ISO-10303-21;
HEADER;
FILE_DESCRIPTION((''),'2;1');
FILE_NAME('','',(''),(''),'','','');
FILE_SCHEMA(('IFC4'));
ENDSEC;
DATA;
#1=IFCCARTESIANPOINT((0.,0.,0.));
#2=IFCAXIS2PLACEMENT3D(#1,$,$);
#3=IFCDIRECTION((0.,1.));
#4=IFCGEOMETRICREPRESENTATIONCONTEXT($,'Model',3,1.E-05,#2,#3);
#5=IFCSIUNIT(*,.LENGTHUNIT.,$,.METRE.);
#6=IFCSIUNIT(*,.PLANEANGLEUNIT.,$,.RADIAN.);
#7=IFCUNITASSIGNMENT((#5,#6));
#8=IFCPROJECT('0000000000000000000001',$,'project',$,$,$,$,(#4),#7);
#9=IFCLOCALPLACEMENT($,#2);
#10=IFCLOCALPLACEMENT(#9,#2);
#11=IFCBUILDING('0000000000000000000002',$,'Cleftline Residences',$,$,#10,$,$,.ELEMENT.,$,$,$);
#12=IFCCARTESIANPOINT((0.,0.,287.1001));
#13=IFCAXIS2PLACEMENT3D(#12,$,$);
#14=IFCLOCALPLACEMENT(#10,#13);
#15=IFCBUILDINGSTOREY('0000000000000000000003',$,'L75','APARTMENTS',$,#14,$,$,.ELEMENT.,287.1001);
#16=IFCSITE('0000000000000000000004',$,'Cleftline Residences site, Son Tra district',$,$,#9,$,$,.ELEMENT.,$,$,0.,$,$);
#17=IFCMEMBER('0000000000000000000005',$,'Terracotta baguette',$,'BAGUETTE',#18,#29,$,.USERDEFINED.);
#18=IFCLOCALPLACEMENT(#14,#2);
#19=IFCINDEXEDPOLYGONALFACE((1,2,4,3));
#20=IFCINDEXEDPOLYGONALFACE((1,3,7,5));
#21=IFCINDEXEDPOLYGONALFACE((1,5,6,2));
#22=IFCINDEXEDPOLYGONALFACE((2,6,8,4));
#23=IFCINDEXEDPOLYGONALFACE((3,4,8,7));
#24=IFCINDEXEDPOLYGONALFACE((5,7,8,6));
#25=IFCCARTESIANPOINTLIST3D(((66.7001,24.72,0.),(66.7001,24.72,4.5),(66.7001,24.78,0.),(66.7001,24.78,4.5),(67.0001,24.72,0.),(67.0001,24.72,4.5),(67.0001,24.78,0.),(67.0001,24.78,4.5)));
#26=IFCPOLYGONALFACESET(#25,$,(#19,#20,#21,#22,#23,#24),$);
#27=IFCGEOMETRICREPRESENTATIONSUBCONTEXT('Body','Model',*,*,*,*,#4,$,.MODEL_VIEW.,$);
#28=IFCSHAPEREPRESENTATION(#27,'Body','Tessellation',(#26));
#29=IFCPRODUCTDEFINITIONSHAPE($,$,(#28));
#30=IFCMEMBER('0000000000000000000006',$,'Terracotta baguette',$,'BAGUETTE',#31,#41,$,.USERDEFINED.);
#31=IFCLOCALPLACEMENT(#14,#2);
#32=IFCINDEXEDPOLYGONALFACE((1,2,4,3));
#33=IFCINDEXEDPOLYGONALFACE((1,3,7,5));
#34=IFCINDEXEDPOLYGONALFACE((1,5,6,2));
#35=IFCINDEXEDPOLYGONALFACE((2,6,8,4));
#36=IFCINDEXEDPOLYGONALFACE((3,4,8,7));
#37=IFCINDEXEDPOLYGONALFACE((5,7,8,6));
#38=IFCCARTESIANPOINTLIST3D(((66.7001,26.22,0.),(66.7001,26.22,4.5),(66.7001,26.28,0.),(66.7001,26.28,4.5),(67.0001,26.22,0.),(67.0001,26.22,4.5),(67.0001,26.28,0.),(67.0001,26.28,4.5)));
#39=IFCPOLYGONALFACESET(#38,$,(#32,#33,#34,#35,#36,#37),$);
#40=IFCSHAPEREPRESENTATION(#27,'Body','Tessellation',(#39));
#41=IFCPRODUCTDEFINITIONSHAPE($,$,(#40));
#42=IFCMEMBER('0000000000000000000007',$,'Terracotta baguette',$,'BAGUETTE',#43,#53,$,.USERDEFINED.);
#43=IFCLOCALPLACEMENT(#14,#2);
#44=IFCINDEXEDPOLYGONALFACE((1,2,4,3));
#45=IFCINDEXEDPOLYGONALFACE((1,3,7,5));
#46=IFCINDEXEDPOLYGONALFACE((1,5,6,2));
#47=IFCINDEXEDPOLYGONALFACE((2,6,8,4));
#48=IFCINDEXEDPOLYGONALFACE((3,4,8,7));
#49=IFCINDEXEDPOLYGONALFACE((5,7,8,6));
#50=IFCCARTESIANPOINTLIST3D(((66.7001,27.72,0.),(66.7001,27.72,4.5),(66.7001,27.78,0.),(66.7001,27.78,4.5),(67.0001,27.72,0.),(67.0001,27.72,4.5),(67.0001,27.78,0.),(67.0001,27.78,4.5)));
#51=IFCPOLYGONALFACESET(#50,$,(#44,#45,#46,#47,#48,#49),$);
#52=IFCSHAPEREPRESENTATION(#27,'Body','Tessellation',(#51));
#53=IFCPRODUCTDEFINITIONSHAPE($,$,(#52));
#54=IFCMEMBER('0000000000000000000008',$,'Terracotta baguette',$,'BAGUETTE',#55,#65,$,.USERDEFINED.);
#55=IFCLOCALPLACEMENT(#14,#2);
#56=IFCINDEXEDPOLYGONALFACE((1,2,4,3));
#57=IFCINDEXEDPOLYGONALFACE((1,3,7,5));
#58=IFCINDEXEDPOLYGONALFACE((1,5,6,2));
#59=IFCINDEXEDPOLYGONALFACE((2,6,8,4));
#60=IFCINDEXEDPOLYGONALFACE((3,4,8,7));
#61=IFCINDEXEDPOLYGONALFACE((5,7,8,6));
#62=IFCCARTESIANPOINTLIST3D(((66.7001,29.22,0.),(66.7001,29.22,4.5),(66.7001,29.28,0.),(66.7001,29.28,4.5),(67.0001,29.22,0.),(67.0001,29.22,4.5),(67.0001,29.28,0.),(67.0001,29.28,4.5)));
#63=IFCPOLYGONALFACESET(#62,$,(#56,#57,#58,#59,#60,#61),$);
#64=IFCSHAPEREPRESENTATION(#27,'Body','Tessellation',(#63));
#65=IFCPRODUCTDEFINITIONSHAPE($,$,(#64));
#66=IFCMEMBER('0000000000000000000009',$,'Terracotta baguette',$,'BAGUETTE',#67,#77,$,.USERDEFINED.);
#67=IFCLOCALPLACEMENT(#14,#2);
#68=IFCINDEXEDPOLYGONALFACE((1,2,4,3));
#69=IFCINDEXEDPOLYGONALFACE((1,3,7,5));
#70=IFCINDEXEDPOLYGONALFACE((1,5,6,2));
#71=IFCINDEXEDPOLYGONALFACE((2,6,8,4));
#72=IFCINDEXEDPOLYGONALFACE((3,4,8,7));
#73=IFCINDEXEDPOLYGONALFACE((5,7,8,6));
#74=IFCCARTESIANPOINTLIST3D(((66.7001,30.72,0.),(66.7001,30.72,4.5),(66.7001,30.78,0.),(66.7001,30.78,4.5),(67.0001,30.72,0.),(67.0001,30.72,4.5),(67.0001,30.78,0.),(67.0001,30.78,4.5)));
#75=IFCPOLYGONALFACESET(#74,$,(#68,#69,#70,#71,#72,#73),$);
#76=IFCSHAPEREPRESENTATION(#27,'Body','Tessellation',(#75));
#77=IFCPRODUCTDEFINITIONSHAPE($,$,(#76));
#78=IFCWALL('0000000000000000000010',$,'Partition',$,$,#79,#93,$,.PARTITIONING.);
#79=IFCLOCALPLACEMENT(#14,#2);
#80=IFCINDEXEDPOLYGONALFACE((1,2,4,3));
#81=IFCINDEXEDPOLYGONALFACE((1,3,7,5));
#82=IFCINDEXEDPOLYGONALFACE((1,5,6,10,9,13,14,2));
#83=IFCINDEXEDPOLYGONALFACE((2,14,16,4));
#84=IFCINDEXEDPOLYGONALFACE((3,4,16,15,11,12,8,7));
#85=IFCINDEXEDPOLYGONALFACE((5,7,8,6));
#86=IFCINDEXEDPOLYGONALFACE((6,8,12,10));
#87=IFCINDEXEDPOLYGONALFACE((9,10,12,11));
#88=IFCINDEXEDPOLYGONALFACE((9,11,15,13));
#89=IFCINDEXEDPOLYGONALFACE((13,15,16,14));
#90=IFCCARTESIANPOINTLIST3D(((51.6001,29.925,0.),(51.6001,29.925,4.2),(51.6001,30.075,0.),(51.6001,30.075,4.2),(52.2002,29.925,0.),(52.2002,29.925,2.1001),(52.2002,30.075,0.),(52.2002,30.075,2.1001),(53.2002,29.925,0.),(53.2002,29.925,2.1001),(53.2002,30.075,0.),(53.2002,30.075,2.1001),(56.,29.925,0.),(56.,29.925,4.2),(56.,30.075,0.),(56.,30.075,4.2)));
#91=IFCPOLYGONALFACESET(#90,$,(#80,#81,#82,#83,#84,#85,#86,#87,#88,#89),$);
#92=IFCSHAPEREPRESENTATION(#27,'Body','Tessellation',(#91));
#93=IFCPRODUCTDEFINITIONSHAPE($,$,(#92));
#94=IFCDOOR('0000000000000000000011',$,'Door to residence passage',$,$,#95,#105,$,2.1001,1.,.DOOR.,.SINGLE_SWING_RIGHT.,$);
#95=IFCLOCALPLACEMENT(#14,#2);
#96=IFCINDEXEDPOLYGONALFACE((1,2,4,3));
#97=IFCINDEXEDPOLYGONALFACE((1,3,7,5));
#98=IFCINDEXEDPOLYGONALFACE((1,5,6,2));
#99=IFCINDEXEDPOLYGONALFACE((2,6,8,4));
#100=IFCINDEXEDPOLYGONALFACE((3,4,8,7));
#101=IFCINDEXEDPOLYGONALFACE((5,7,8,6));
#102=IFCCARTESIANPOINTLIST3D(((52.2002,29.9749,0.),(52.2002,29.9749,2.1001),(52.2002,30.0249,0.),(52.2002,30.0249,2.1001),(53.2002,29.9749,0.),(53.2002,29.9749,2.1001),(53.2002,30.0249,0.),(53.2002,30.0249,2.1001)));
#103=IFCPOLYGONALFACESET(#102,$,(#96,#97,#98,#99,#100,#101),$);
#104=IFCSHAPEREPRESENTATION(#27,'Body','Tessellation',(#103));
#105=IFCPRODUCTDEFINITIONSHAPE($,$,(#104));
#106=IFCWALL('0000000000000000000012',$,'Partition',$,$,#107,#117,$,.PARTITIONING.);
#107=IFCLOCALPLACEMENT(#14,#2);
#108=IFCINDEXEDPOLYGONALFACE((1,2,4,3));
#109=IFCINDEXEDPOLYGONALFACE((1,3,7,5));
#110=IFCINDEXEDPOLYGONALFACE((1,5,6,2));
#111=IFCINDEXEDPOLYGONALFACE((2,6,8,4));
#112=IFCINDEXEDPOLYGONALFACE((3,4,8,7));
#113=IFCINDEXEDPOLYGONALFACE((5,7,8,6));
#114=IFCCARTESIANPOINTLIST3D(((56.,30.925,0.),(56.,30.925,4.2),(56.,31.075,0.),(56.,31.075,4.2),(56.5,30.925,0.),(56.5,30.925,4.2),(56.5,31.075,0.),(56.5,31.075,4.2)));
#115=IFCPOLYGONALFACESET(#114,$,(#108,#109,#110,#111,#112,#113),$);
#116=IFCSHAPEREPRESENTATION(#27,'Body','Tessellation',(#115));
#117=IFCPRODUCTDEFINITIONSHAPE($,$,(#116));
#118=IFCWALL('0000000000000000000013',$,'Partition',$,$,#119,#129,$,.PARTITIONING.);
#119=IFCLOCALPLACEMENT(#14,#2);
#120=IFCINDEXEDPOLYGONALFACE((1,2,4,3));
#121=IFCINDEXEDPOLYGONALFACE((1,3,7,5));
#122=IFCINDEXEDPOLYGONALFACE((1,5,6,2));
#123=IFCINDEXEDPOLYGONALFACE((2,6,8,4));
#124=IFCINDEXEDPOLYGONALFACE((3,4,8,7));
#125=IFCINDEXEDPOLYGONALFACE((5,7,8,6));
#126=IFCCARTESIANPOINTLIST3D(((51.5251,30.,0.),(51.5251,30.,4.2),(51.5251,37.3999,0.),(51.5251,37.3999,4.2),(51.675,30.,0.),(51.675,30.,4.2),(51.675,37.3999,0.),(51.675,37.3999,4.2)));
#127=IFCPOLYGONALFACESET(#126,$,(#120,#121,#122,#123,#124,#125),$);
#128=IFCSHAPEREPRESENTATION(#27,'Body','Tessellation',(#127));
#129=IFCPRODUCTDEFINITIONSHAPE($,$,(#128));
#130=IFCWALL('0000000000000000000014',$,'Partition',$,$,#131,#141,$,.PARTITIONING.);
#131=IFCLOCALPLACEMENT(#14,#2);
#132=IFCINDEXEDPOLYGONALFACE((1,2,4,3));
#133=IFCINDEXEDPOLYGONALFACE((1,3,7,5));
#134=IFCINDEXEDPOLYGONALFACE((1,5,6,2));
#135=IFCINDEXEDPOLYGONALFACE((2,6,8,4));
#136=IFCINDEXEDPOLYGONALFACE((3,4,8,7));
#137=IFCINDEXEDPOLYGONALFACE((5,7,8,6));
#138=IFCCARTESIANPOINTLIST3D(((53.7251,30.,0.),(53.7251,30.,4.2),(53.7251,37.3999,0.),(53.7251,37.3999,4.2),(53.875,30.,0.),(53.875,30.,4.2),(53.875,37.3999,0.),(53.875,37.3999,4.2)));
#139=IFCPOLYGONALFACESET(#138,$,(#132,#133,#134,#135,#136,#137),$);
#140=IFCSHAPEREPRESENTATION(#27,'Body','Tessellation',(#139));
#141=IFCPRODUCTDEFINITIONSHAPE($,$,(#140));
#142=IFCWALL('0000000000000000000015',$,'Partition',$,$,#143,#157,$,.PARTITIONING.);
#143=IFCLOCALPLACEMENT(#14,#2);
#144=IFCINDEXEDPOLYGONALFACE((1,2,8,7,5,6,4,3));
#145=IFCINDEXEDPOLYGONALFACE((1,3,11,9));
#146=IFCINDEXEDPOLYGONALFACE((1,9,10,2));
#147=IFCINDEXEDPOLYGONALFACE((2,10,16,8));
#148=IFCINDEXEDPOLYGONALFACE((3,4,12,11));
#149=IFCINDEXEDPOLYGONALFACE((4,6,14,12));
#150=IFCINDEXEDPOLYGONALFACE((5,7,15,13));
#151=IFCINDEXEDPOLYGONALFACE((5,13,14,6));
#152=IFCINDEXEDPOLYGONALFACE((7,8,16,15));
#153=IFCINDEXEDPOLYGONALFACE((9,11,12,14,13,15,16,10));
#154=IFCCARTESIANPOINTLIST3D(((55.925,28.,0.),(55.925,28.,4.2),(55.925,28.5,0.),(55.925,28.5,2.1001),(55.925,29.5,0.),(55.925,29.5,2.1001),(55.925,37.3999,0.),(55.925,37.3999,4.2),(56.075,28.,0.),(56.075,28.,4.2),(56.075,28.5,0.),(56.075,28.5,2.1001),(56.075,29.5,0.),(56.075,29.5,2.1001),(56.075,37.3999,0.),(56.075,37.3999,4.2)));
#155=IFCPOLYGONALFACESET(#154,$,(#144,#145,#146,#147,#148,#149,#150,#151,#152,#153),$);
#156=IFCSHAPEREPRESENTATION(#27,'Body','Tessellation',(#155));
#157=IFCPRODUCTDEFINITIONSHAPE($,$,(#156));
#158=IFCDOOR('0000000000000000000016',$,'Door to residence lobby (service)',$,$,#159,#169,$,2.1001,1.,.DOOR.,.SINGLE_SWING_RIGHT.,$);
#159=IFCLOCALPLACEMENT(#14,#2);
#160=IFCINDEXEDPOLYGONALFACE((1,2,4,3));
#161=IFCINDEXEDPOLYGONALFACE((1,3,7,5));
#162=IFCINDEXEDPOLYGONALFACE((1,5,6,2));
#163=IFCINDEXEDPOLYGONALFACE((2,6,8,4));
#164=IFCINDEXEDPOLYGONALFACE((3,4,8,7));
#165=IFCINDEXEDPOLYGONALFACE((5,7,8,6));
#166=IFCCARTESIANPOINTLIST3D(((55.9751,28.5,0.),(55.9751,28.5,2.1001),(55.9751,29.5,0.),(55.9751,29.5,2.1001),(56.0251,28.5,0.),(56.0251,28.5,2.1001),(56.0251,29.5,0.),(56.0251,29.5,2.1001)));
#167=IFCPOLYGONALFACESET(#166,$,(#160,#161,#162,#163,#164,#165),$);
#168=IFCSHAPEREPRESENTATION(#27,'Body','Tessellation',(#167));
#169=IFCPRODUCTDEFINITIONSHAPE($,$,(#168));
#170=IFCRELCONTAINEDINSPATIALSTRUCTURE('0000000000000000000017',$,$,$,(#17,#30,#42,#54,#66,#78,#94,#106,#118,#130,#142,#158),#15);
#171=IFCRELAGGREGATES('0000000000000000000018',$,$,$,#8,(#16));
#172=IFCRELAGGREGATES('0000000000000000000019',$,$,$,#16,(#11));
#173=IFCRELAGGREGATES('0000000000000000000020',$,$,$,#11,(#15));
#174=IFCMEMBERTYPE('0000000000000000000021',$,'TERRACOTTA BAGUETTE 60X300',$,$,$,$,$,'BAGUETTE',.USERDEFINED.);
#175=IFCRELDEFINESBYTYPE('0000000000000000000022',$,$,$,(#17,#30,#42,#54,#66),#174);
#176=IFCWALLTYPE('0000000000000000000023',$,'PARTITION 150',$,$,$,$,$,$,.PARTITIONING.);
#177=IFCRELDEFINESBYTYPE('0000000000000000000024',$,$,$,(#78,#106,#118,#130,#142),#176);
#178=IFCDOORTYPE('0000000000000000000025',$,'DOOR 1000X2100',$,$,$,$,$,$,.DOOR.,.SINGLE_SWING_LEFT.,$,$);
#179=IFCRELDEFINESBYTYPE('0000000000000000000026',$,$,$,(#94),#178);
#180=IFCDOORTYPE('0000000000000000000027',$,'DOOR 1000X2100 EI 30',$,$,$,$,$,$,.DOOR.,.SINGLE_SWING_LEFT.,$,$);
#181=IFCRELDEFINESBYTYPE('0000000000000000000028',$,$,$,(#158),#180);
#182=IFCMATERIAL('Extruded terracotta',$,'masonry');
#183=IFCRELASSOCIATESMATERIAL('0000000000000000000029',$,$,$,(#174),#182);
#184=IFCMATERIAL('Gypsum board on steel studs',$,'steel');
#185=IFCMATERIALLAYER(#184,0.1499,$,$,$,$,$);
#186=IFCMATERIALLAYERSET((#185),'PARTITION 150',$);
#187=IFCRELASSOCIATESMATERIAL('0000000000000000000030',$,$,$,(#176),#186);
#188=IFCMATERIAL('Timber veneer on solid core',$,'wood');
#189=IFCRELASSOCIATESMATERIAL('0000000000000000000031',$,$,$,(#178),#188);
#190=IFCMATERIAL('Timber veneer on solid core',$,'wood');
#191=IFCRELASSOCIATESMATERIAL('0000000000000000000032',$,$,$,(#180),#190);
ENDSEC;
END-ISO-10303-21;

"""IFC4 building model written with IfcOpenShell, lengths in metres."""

from ifc_helpers import new_model, si_unit, direction, frame, frame_2d, origin, origin_2d, place, context, subcontext, project, spatial, rectangle, extrude, material, layer, layer_set, material_profile, profile_set, type_object, element, fill, save


model = new_model("IFC4")

# Units and contexts
model_context = context("Model", 3, precision=1e-05, world=origin(), true_north=direction((0.0, 1.0)))
body_context = subcontext(model_context, "Body", "Model", "MODEL_VIEW")
ifc_project = project(units=[si_unit("LENGTHUNIT", "METRE"), si_unit("PLANEANGLEUNIT", "RADIAN")], contexts=[model_context])

# Site, building, storey
site_placement = place(None, origin())
site = spatial("IfcSite", under=ifc_project, at=site_placement, Name="Cleftline Residences site, Son Tra district", CompositionType="ELEMENT", RefElevation=0.0)
building_placement = place(site_placement, origin())
building = spatial("IfcBuilding", under=site, at=building_placement, Name="Cleftline Residences", CompositionType="ELEMENT")
storey_placement = place(building_placement, frame((0.0, 0.0, 287.1001)))
storey = spatial("IfcBuildingStorey", under=building, at=storey_placement, Name="L75", Description="APARTMENTS", CompositionType="ELEMENT", Elevation=287.1001)

# Members
ifc_material_1 = material(Name="Extruded terracotta", Category="masonry")
ifc_material_profile_1 = material_profile(ifc_material_1, rectangle(XDim=0.0601, YDim=0.3, at=origin_2d()))
ifc_profile_set_1 = profile_set([ifc_material_profile_1], Name="Extruded terracotta")
member_type_1 = type_object("IfcMemberType", Name="TERRACOTTA BAGUETTE 60X300", ElementType="BAGUETTE", PredefinedType="USERDEFINED", material=ifc_profile_set_1)
for number, where, z_axis, x_axis, name in (
    (1, (66.8501, 24.75, 0.0), (0.0, 0.0, 1.0), (0.0, 1.0, 0.0), "Terracotta baguette"),
    (2, (66.8501, 26.25, 0.0), (0.0, 0.0, 1.0), (0.0, 1.0, 0.0), "Terracotta baguette"),
    (3, (66.8501, 27.75, 0.0), (0.0, 0.0, 1.0), (0.0, 1.0, 0.0), "Terracotta baguette"),
    (4, (66.8501, 29.25, 0.0), (0.0, 0.0, 1.0), (0.0, 1.0, 0.0), "Terracotta baguette"),
    (5, (66.8501, 30.75, 0.0), (0.0, 0.0, 1.0), (0.0, 1.0, 0.0), "Terracotta baguette"),
):
    element("IfcMember", number, at=place(storey_placement, frame(where, z_axis=z_axis, x_axis=x_axis)), inside=storey, type_object=member_type_1, Name=name, ObjectType="BAGUETTE", PredefinedType="USERDEFINED", context=body_context, shape_type="SweptSolid", body=[
        extrude(rectangle(XDim=0.0601, YDim=0.3, at=origin_2d()), origin(), (0.0, 0.0, 1.0), 4.5),
    ])

# Wall, opening, door
ifc_material_2 = material(Name="Gypsum board on steel studs", Category="steel")
ifc_layer_1 = layer(ifc_material_2, 0.1499)
ifc_layer_set_1 = layer_set([ifc_layer_1], Name="PARTITION 150")
wall_type_1 = type_object("IfcWallType", Name="PARTITION 150", PredefinedType="PARTITIONING", material=ifc_layer_set_1)
wall_1_placement = place(storey_placement, frame((51.6001, 30.0, 0.0), z_axis=(0.0, 0.0, 1.0), x_axis=(1.0, 0.0, 0.0)))
wall_1 = element("IfcWall", 6, at=wall_1_placement, inside=storey, type_object=wall_type_1, Name="Partition", PredefinedType="PARTITIONING", context=body_context, shape_type="SweptSolid", body=[
    extrude(rectangle(XDim=4.3999, YDim=0.1499, at=frame_2d((2.2, 0.0))), origin(), (0.0, 0.0, 1.0), 4.2),
])
opening_1_placement = place(wall_1_placement, frame((0.6001, 0.0, 0.0)))
opening_1 = element("IfcOpeningElement", 7, at=opening_1_placement, cuts=wall_1, PredefinedType="OPENING", context=body_context, shape_type="SweptSolid", body=[
    extrude(rectangle(XDim=1.0, YDim=2.1001, at=frame_2d((0.5, 1.05))), frame((0.0, 0.085, 0.0), z_axis=(0.0, -1.0, 0.0), x_axis=(1.0, 0.0, 0.0)), (0.0, 0.0, 1.0), 0.1699),
])
ifc_material_3 = material(Name="Timber veneer on solid core", Category="wood")
door_type_1 = type_object("IfcDoorType", Name="DOOR 1000X2100", OperationType="SINGLE_SWING_LEFT", PredefinedType="DOOR", material=ifc_material_3)
door_1_placement = place(opening_1_placement, origin())
door_1 = element("IfcDoor", 8, at=door_1_placement, inside=storey, type_object=door_type_1, Name="Door to residence passage", OperationType="SINGLE_SWING_RIGHT", OverallHeight=2.1001, OverallWidth=1.0, PredefinedType="DOOR", context=body_context, shape_type="SweptSolid", body=[
    extrude(rectangle(XDim=1.0, YDim=2.1001, at=frame_2d((0.5, 1.05))), frame((0.0, 0.0249, 0.0), z_axis=(0.0, -1.0, 0.0), x_axis=(1.0, 0.0, 0.0)), (0.0, 0.0, 1.0), 0.05),
])
fill(opening_1, door_1)

# Walls
wall_2_placement = place(storey_placement, frame((56.0, 31.0, 0.0), z_axis=(0.0, 0.0, 1.0), x_axis=(1.0, 0.0, 0.0)))
element("IfcWall", 9, at=wall_2_placement, inside=storey, type_object=wall_type_1, Name="Partition", PredefinedType="PARTITIONING", context=body_context, shape_type="SweptSolid", body=[
    extrude(rectangle(XDim=0.5, YDim=0.1499, at=frame_2d((0.25, 0.0))), origin(), (0.0, 0.0, 1.0), 4.2),
])
for number, where, z_axis, x_axis, name in (
    (10, (51.6001, 30.0, 0.0), (0.0, 0.0, 1.0), (0.0, 1.0, 0.0), "Partition"),
    (11, (53.8, 30.0, 0.0), (0.0, 0.0, 1.0), (0.0, 1.0, 0.0), "Partition"),
):
    element("IfcWall", number, at=place(storey_placement, frame(where, z_axis=z_axis, x_axis=x_axis)), inside=storey, type_object=wall_type_1, Name=name, PredefinedType="PARTITIONING", context=body_context, shape_type="SweptSolid", body=[
        extrude(rectangle(XDim=7.3999, YDim=0.1499, at=frame_2d((3.7, 0.0))), origin(), (0.0, 0.0, 1.0), 4.2),
    ])

# Wall, opening, door
wall_3_placement = place(storey_placement, frame((56.0, 28.0, 0.0), z_axis=(0.0, 0.0, 1.0), x_axis=(0.0, 1.0, 0.0)))
wall_3 = element("IfcWall", 12, at=wall_3_placement, inside=storey, type_object=wall_type_1, Name="Partition", PredefinedType="PARTITIONING", context=body_context, shape_type="SweptSolid", body=[
    extrude(rectangle(XDim=9.3999, YDim=0.1499, at=frame_2d((4.7, 0.0))), origin(), (0.0, 0.0, 1.0), 4.2),
])
opening_2_placement = place(wall_3_placement, frame((0.5, 0.0, 0.0)))
opening_2 = element("IfcOpeningElement", 13, at=opening_2_placement, cuts=wall_3, PredefinedType="OPENING", context=body_context, shape_type="SweptSolid", body=[
    extrude(rectangle(XDim=1.0, YDim=2.1001, at=frame_2d((0.5, 1.05))), frame((0.0, 0.085, 0.0), z_axis=(0.0, -1.0, 0.0), x_axis=(1.0, 0.0, 0.0)), (0.0, 0.0, 1.0), 0.1699),
])
ifc_material_4 = material(Name="Timber veneer on solid core", Category="wood")
door_type_2 = type_object("IfcDoorType", Name="DOOR 1000X2100 EI 30", OperationType="SINGLE_SWING_LEFT", PredefinedType="DOOR", material=ifc_material_4)
door_2_placement = place(opening_2_placement, origin())
door_2 = element("IfcDoor", 14, at=door_2_placement, inside=storey, type_object=door_type_2, Name="Door to residence lobby (service)", OperationType="SINGLE_SWING_RIGHT", OverallHeight=2.1001, OverallWidth=1.0, PredefinedType="DOOR", context=body_context, shape_type="SweptSolid", body=[
    extrude(rectangle(XDim=1.0, YDim=2.1001, at=frame_2d((0.5, 1.05))), frame((0.0, 0.0249, 0.0), z_axis=(0.0, -1.0, 0.0), x_axis=(1.0, 0.0, 0.0)), (0.0, 0.0, 1.0), 0.05),
])
fill(opening_2, door_2)

save(model, "model.ifc")
